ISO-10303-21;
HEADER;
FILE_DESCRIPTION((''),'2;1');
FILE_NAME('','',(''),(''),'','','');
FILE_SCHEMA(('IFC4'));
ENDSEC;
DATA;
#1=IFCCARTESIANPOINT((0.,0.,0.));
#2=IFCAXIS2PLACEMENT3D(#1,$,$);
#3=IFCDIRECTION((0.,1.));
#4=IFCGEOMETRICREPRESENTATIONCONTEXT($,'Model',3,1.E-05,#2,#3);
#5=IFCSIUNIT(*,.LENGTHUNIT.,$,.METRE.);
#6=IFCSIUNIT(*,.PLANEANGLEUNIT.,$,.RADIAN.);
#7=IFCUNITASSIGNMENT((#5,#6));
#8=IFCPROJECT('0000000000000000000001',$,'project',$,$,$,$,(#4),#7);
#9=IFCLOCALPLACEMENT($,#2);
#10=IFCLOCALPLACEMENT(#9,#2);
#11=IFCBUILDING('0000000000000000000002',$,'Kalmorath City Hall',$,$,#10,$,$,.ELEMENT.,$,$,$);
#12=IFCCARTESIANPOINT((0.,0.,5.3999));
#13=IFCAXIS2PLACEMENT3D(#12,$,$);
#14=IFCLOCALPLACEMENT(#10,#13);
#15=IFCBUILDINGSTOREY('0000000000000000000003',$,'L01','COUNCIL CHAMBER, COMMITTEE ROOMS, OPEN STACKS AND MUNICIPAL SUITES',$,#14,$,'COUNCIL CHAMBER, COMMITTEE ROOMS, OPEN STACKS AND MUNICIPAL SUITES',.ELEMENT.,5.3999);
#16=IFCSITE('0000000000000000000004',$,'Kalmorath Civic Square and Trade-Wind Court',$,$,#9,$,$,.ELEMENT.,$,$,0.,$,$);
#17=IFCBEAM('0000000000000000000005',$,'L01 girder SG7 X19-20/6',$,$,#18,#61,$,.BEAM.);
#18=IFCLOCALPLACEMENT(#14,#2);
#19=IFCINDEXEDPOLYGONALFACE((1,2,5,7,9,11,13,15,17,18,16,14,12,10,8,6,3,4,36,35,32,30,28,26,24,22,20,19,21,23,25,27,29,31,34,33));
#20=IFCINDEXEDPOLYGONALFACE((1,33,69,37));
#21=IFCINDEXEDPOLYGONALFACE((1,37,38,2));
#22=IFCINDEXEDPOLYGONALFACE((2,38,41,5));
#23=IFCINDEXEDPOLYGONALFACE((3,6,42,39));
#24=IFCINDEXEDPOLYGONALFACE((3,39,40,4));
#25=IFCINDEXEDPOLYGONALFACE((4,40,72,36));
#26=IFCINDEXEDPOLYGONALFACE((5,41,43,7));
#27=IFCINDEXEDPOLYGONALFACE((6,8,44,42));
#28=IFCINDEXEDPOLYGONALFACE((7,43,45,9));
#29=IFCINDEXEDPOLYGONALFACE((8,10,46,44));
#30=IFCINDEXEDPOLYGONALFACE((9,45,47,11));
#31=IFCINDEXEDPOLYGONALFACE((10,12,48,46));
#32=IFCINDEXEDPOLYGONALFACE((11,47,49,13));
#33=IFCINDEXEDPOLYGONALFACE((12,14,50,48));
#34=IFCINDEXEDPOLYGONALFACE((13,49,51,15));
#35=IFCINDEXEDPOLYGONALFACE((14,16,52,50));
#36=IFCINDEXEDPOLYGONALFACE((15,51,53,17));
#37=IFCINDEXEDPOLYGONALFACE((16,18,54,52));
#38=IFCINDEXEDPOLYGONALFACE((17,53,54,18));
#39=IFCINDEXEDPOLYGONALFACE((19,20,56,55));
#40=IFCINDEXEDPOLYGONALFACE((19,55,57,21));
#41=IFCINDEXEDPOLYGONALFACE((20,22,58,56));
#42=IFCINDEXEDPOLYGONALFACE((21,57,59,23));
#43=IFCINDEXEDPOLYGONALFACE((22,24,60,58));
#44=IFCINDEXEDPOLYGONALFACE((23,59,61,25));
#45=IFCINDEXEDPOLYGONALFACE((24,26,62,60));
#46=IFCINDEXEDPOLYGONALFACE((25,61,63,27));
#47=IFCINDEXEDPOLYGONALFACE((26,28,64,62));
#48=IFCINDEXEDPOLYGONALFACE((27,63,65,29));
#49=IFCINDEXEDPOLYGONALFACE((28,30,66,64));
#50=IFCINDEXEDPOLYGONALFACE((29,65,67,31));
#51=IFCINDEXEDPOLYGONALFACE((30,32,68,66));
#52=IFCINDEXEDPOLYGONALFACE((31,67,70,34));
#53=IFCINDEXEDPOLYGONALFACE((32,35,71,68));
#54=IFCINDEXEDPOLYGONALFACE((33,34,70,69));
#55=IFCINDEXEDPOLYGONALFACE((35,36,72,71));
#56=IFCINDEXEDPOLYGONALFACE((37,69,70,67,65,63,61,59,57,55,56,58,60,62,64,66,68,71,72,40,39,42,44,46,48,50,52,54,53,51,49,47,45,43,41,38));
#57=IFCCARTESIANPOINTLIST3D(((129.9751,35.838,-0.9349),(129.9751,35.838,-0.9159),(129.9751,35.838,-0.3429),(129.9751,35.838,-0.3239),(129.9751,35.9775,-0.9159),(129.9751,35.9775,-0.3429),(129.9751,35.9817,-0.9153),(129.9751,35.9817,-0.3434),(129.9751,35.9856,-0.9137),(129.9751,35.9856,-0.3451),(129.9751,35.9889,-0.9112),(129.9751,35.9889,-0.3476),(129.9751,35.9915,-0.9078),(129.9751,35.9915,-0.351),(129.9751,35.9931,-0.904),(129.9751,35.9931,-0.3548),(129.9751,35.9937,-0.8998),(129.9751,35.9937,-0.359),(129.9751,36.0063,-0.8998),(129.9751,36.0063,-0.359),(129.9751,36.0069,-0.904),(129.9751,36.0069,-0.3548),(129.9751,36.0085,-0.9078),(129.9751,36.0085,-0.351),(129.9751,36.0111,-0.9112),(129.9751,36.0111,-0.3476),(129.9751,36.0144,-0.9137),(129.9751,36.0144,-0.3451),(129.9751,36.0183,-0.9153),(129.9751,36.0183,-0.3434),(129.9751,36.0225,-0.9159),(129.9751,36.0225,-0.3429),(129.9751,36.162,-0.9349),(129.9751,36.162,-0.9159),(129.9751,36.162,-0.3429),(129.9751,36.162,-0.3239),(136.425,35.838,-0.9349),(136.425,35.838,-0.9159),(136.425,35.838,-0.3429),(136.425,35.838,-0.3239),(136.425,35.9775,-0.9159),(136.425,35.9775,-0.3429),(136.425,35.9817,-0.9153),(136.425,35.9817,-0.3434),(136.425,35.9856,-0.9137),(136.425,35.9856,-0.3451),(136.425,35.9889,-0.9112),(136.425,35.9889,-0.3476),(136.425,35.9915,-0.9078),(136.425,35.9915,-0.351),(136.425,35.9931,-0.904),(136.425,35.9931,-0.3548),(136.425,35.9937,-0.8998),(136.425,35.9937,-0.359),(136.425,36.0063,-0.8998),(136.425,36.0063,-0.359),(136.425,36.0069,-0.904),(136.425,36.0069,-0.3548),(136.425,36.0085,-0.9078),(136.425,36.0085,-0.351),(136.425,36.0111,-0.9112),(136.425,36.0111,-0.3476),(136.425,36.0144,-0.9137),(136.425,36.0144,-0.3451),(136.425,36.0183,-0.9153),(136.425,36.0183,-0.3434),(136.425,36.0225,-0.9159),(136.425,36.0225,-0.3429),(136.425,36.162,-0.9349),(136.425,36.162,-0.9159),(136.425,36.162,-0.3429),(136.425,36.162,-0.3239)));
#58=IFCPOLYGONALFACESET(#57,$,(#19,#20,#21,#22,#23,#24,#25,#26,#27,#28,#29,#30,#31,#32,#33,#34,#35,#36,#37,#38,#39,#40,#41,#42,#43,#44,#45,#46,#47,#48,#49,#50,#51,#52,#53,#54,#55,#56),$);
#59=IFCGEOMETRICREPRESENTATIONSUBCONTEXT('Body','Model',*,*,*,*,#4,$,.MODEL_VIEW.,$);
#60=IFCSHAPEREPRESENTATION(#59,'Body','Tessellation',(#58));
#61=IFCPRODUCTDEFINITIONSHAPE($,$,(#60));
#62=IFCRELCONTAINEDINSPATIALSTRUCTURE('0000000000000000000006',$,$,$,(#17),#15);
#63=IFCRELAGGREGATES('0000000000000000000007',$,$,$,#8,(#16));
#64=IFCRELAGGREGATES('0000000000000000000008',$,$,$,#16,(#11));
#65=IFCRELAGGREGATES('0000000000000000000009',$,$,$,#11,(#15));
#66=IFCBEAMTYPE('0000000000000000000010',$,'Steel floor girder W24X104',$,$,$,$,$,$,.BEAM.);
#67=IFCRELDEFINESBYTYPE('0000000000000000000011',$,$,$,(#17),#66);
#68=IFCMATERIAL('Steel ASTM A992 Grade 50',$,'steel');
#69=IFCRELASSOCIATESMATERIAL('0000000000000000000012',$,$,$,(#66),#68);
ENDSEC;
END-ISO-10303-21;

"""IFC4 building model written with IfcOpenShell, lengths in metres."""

from ifc_helpers import new_model, si_unit, direction, frame, origin, origin_2d, place, context, subcontext, project, spatial, i_section, extrude, material, material_profile, profile_set, type_object, element, save


model = new_model("IFC4")

# Units and contexts
model_context = context("Model", 3, precision=1e-05, world=origin(), true_north=direction((0.0, 1.0)))
body_context = subcontext(model_context, "Body", "Model", "MODEL_VIEW")
ifc_project = project(units=[si_unit("LENGTHUNIT", "METRE"), si_unit("PLANEANGLEUNIT", "RADIAN")], contexts=[model_context])

# Site, building, storey
site_placement = place(None, origin())
site = spatial("IfcSite", under=ifc_project, at=site_placement, Name="Kalmorath Civic Square and Trade-Wind Court", CompositionType="ELEMENT", RefElevation=0.0)
building_placement = place(site_placement, origin())
building = spatial("IfcBuilding", under=site, at=building_placement, Name="Kalmorath City Hall", CompositionType="ELEMENT")
storey_placement = place(building_placement, frame((0.0, 0.0, 5.3999)))
storey = spatial("IfcBuildingStorey", under=building, at=storey_placement, Name="L01", Description="COUNCIL CHAMBER, COMMITTEE ROOMS, OPEN STACKS AND MUNICIPAL SUITES", LongName="COUNCIL CHAMBER, COMMITTEE ROOMS, OPEN STACKS AND MUNICIPAL SUITES", CompositionType="ELEMENT", Elevation=5.3999)

# Beam
ifc_material_1 = material(Name="Steel ASTM A992 Grade 50", Category="steel")
ifc_material_profile_1 = material_profile(ifc_material_1, i_section(OverallWidth=0.324, OverallDepth=0.6111, WebThickness=0.0127, FlangeThickness=0.019, FilletRadius=0.0161, at=origin_2d()), Name="W24X104")
ifc_profile_set_1 = profile_set([ifc_material_profile_1], Name="Steel ASTM A992 Grade 50")
beam_type_1 = type_object("IfcBeamType", Name="Steel floor girder W24X104", PredefinedType="BEAM", material=ifc_profile_set_1)
beam_1_placement = place(storey_placement, frame((129.9751, 36.0, -0.6294), z_axis=(1.0, 0.0, 0.0), x_axis=(0.0, 1.0, 0.0)))
element("IfcBeam", 1, at=beam_1_placement, inside=storey, type_object=beam_type_1, Name="L01 girder SG7 X19-20/6", PredefinedType="BEAM", context=body_context, shape_type="SweptSolid", body=[
    extrude(i_section(OverallWidth=0.324, OverallDepth=0.6111, WebThickness=0.0127, FlangeThickness=0.019, FilletRadius=0.0161, at=origin_2d()), origin(), (0.0, 0.0, 1.0), 6.45),
])

save(model, "model.ifc")
